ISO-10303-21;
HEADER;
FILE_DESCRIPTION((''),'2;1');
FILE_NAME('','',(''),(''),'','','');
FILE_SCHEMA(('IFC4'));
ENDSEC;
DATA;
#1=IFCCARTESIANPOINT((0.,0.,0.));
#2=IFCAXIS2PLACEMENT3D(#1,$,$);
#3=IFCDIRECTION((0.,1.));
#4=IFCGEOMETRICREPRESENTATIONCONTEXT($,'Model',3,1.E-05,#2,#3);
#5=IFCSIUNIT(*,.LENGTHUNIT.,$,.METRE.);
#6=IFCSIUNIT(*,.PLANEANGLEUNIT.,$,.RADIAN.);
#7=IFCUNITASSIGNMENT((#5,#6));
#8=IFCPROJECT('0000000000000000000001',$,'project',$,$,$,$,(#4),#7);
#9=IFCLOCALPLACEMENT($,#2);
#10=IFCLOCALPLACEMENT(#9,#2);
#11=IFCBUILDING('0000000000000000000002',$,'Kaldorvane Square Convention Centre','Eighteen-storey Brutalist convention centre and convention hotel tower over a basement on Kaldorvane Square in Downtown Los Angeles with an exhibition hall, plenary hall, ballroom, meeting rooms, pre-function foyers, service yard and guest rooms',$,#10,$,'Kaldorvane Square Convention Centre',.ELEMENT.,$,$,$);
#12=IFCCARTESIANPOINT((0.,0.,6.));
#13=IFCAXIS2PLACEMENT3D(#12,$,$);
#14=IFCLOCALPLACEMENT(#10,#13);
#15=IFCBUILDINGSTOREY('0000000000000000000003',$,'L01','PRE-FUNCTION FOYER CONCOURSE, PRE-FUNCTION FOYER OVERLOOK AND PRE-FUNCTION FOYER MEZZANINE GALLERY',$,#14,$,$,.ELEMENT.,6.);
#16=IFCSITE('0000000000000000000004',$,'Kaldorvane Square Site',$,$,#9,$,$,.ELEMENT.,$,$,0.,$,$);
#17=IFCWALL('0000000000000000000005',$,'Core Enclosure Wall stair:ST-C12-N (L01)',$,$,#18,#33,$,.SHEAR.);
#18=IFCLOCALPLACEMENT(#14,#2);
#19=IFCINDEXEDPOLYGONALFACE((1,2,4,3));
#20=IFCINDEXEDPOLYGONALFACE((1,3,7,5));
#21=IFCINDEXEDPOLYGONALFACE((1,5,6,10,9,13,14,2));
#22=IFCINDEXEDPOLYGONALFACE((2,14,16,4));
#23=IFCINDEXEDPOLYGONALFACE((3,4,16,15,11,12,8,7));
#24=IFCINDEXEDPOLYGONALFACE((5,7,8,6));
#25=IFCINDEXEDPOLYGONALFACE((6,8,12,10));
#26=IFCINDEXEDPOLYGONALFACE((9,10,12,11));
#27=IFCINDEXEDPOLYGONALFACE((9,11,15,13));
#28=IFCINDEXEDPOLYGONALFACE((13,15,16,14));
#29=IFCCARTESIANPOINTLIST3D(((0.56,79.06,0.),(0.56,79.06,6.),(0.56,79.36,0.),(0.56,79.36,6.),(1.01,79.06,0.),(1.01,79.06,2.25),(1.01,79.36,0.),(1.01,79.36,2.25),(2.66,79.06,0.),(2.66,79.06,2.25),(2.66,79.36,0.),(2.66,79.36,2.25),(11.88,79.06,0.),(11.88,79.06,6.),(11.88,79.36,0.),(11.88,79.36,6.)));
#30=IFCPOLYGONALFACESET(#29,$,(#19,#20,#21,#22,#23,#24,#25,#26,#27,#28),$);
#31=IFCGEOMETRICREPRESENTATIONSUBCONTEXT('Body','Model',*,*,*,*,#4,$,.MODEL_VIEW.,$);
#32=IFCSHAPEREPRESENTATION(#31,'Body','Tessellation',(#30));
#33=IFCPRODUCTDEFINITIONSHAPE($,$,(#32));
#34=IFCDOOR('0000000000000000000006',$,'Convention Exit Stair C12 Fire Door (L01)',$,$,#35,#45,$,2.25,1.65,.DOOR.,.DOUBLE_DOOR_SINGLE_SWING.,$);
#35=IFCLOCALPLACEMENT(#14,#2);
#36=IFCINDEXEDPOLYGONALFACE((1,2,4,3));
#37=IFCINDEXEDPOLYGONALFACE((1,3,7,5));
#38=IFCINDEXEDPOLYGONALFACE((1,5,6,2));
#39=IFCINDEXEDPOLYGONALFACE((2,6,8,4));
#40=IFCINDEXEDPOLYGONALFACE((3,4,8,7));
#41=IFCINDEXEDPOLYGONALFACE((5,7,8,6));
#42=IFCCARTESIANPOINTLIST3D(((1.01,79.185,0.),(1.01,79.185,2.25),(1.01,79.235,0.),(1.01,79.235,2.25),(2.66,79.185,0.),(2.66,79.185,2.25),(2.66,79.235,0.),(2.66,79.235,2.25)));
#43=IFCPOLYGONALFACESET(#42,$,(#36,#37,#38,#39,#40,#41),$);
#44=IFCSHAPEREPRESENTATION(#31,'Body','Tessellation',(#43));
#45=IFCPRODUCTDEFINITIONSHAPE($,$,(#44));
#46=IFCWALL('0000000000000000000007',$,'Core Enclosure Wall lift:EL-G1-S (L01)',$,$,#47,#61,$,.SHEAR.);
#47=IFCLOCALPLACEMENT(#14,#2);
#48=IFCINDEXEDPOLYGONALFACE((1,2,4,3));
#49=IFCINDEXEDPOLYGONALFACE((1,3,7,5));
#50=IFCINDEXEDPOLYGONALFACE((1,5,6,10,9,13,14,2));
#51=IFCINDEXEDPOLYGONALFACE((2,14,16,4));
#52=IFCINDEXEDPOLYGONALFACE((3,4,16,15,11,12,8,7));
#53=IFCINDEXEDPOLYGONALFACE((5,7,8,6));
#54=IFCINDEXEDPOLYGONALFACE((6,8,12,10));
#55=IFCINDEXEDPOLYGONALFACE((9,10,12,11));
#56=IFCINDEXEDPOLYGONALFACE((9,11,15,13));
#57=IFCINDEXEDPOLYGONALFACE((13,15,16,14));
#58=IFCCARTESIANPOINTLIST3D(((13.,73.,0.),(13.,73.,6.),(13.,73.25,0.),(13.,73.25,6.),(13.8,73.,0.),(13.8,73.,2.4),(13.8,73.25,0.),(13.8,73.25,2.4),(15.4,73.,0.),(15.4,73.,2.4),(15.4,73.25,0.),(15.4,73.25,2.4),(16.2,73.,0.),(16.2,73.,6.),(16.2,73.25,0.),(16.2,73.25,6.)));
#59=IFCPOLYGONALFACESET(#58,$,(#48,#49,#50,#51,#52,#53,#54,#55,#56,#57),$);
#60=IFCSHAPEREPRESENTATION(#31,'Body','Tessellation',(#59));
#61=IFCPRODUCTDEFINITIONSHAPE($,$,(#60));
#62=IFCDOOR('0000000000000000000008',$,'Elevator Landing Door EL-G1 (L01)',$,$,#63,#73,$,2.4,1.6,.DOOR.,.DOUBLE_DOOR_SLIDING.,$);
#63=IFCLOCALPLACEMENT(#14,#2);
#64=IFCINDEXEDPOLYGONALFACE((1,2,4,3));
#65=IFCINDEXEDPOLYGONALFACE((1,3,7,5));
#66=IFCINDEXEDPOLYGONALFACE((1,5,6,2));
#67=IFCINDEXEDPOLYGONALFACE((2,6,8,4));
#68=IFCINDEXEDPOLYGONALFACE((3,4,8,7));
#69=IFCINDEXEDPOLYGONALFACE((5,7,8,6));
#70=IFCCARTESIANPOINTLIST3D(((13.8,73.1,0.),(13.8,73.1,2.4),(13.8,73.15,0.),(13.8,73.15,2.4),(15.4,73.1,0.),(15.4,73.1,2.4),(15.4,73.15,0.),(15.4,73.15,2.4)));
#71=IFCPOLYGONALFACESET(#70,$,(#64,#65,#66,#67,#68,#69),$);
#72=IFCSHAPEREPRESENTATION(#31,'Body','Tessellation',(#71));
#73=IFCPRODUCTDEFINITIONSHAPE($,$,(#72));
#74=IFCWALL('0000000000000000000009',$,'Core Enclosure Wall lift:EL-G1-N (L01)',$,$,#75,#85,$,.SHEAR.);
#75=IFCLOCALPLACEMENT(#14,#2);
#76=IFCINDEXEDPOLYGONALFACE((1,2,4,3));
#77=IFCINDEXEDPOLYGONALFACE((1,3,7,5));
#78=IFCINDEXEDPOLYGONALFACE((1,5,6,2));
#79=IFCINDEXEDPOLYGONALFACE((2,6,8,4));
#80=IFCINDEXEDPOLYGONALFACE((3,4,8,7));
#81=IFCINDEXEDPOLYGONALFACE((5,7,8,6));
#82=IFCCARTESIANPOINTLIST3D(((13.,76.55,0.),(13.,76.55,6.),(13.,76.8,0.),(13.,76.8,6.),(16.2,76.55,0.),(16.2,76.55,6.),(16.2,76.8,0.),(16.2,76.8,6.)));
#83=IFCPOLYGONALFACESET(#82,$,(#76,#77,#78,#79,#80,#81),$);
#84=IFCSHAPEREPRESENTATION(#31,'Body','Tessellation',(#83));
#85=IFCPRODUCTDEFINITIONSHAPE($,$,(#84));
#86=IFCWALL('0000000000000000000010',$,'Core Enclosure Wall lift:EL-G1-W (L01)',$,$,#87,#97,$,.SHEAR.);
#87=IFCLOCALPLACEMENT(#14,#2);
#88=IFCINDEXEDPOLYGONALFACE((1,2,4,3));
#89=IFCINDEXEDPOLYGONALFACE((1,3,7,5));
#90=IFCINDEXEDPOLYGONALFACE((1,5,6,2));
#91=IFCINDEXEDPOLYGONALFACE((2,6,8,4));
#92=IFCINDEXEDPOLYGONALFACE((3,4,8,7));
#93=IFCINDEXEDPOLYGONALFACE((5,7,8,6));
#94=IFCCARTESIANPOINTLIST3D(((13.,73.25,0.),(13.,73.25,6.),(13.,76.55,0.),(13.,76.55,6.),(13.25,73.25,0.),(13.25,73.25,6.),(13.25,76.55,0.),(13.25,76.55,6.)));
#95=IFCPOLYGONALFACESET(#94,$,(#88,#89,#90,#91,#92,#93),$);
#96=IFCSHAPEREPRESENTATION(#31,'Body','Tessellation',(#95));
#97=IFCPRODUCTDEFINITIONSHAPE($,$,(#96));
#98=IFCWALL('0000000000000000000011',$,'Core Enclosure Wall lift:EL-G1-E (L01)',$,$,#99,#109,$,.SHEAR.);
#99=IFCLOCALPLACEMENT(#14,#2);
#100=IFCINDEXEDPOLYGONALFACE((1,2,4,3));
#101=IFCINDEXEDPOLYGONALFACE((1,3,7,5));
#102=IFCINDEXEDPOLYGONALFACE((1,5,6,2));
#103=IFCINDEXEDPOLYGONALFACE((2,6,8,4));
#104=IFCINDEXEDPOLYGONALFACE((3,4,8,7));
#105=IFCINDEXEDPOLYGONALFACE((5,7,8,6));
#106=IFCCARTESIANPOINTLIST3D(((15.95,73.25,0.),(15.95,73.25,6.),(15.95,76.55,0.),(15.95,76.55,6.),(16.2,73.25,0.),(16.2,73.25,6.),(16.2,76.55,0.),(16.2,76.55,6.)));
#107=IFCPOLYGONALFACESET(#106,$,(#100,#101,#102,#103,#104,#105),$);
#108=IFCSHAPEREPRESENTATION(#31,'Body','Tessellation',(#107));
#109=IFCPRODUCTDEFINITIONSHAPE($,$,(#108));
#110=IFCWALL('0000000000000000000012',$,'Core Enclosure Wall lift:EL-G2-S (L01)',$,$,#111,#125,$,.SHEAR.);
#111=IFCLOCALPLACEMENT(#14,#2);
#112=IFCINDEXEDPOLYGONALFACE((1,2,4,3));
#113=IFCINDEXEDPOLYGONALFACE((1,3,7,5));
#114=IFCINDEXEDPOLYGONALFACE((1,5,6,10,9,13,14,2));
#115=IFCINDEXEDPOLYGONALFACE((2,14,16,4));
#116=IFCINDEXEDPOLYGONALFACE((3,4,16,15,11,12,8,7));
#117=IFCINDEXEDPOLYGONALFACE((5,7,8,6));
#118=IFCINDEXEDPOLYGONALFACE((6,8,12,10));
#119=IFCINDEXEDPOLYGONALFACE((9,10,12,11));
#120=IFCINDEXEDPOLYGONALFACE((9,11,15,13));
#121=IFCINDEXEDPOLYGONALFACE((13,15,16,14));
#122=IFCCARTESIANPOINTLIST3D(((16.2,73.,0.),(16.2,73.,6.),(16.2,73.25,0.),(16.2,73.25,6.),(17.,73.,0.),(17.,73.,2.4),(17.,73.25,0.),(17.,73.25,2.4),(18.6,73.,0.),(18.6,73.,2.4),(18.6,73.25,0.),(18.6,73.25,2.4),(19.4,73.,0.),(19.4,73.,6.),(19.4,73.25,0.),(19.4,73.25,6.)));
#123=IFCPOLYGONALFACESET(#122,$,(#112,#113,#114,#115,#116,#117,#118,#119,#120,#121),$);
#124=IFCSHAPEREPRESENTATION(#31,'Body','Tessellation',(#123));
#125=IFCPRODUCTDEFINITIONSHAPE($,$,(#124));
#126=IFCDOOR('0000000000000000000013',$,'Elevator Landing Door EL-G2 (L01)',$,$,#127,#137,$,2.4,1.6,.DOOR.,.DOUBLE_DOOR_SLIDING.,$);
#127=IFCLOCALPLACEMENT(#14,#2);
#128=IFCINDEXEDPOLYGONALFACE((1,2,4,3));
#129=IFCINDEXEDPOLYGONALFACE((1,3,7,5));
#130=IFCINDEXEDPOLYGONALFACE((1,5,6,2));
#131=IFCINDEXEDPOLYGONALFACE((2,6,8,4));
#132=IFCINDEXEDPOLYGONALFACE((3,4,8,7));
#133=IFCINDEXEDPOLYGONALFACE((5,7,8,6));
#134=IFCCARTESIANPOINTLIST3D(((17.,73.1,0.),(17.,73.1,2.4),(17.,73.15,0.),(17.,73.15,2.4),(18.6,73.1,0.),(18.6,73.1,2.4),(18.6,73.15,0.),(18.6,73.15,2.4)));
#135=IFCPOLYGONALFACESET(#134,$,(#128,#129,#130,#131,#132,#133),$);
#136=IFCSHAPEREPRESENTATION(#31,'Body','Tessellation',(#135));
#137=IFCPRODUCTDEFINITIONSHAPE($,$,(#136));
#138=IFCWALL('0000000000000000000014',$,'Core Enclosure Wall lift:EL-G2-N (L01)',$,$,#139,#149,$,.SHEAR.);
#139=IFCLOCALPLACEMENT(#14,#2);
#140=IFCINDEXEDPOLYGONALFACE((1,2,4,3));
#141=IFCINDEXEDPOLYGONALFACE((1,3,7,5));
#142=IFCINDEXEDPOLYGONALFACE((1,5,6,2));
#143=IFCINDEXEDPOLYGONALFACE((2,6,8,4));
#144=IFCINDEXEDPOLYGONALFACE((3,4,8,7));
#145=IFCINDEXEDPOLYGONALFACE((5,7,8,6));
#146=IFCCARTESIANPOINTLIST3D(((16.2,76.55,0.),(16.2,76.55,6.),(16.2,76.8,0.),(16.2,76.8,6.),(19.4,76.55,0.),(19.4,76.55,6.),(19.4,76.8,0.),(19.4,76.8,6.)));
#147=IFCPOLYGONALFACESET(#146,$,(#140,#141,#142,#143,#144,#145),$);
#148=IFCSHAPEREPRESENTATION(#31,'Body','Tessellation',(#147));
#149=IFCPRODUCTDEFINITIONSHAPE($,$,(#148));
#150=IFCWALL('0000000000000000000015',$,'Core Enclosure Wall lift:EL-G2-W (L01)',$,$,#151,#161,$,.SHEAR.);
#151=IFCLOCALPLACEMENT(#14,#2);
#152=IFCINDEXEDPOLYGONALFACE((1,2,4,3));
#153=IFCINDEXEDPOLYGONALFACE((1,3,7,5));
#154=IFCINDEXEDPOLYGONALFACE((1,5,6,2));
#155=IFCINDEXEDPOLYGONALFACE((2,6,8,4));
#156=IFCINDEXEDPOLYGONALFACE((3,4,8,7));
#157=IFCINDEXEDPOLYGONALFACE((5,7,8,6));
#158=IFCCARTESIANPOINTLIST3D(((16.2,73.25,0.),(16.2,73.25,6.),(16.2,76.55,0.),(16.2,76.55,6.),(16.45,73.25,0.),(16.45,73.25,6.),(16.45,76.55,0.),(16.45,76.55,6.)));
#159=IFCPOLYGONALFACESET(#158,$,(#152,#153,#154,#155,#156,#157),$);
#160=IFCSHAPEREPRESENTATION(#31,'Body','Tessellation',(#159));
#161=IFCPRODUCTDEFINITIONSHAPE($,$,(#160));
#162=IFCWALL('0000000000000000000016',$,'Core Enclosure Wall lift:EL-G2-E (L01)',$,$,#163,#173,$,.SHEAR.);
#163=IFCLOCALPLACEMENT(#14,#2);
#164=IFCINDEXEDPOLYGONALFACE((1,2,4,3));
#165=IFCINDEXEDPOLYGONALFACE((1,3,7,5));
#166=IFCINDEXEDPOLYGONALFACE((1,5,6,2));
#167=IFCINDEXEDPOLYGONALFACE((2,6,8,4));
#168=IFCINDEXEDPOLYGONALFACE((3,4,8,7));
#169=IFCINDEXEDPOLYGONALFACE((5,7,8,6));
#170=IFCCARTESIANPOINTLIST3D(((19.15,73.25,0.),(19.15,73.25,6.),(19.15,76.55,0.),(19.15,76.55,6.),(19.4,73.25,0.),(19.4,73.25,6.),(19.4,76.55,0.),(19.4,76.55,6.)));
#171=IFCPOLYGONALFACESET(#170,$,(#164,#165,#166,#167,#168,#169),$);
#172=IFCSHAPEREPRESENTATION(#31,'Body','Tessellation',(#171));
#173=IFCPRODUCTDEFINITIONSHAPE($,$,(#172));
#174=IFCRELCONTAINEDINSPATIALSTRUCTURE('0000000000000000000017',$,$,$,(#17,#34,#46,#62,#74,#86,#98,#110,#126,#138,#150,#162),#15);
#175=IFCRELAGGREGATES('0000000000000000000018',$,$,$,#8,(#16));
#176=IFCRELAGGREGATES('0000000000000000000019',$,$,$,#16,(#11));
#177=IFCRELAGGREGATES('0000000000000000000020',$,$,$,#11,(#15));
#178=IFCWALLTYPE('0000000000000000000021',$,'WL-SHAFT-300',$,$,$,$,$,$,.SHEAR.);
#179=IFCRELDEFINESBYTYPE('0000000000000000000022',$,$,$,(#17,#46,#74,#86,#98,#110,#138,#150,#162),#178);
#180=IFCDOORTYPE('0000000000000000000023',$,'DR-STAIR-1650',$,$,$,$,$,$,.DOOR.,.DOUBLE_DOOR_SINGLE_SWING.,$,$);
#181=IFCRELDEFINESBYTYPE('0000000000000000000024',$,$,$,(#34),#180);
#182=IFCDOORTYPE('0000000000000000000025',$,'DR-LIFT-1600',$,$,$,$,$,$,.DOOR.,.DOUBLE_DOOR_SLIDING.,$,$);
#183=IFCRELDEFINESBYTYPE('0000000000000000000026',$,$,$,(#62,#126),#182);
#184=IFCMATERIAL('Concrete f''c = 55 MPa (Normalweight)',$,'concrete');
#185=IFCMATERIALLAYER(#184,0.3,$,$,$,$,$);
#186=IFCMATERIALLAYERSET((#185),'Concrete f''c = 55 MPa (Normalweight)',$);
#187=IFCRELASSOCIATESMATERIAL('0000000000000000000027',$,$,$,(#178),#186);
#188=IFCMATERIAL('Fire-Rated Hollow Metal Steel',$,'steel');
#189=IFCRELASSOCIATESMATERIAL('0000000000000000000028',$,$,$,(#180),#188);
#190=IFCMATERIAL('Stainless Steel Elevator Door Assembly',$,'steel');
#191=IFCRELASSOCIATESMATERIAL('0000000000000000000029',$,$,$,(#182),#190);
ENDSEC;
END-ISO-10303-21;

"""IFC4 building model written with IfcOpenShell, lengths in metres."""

from ifc_helpers import new_model, si_unit, direction, frame, frame_2d, origin, place, context, subcontext, project, spatial, rectangle, extrude, material, layer, layer_set, type_object, element, fill, save


model = new_model("IFC4")

# Units and contexts
model_context = context("Model", 3, precision=1e-05, world=origin(), true_north=direction((0.0, 1.0)))
body_context = subcontext(model_context, "Body", "Model", "MODEL_VIEW")
ifc_project = project(units=[si_unit("LENGTHUNIT", "METRE"), si_unit("PLANEANGLEUNIT", "RADIAN")], contexts=[model_context])

# Site, building, storey
site_placement = place(None, origin())
site = spatial("IfcSite", under=ifc_project, at=site_placement, Name="Kaldorvane Square Site", CompositionType="ELEMENT", RefElevation=0.0)
building_placement = place(site_placement, origin())
building = spatial("IfcBuilding", under=site, at=building_placement, Name="Kaldorvane Square Convention Centre", Description="Eighteen-storey Brutalist convention centre and convention hotel tower over a basement on Kaldorvane Square in Downtown Los Angeles with an exhibition hall, plenary hall, ballroom, meeting rooms, pre-function foyers, service yard and guest rooms", LongName="Kaldorvane Square Convention Centre", CompositionType="ELEMENT")
storey_placement = place(building_placement, frame((0.0, 0.0, 6.0)))
storey = spatial("IfcBuildingStorey", under=building, at=storey_placement, Name="L01", Description="PRE-FUNCTION FOYER CONCOURSE, PRE-FUNCTION FOYER OVERLOOK AND PRE-FUNCTION FOYER MEZZANINE GALLERY", CompositionType="ELEMENT", Elevation=6.0)

# Shared definitions
ifc_material_1 = material(Name="Concrete f'c = 55 MPa (Normalweight)", Category="concrete")

# Walls, openings, doors
ifc_layer_1 = layer(ifc_material_1, 0.3)
ifc_layer_set_1 = layer_set([ifc_layer_1], Name="Concrete f'c = 55 MPa (Normalweight)")
wall_type_1 = type_object("IfcWallType", Name="WL-SHAFT-300", PredefinedType="SHEAR", material=ifc_layer_set_1)
wall_1_placement = place(storey_placement, frame((11.88, 79.21, 0.0), z_axis=(0.0, 0.0, 1.0), x_axis=(-1.0, 0.0, 0.0)))
wall_1 = element("IfcWall", 1, at=wall_1_placement, inside=storey, type_object=wall_type_1, Name="Core Enclosure Wall stair:ST-C12-N (L01)", PredefinedType="SHEAR", context=body_context, shape_type="SweptSolid", body=[
    extrude(rectangle(XDim=11.32, YDim=0.3, at=frame_2d((5.66, 0.0))), origin(), (0.0, 0.0, 1.0), 6.0),
])
opening_1_placement = place(wall_1_placement, frame((9.22, 0.0, 0.0)))
opening_1 = element("IfcOpeningElement", 2, at=opening_1_placement, cuts=wall_1, PredefinedType="OPENING", context=body_context, shape_type="SweptSolid", body=[
    extrude(rectangle(XDim=1.65, YDim=2.25, at=frame_2d((0.825, 1.125))), frame((0.0, 0.165, 0.0), z_axis=(0.0, -1.0, 0.0), x_axis=(1.0, 0.0, 0.0)), (0.0, 0.0, 1.0), 0.33),
])
ifc_material_2 = material(Name="Fire-Rated Hollow Metal Steel", Category="steel")
door_type_1 = type_object("IfcDoorType", Name="DR-STAIR-1650", OperationType="DOUBLE_DOOR_SINGLE_SWING", PredefinedType="DOOR", material=ifc_material_2)
door_1_placement = place(opening_1_placement, origin())
door_1 = element("IfcDoor", 3, at=door_1_placement, inside=storey, type_object=door_type_1, Name="Convention Exit Stair C12 Fire Door (L01)", OperationType="DOUBLE_DOOR_SINGLE_SWING", OverallHeight=2.25, OverallWidth=1.65, PredefinedType="DOOR", context=body_context, shape_type="SweptSolid", body=[
    extrude(rectangle(XDim=1.65, YDim=2.25, at=frame_2d((0.825, 1.125))), frame((0.0, 0.025, 0.0), z_axis=(0.0, -1.0, 0.0), x_axis=(1.0, 0.0, 0.0)), (0.0, 0.0, 1.0), 0.05),
])
fill(opening_1, door_1)
wall_2_placement = place(storey_placement, frame((13.0, 73.125, 0.0), z_axis=(0.0, 0.0, 1.0), x_axis=(1.0, 0.0, 0.0)))
wall_2 = element("IfcWall", 4, at=wall_2_placement, inside=storey, type_object=wall_type_1, Name="Core Enclosure Wall lift:EL-G1-S (L01)", PredefinedType="SHEAR", context=body_context, shape_type="SweptSolid", body=[
    extrude(rectangle(XDim=3.2, YDim=0.25, at=frame_2d((1.6, 0.0))), origin(), (0.0, 0.0, 1.0), 6.0),
])
opening_2_placement = place(wall_2_placement, frame((0.8, 0.0, 0.0)))
opening_2 = element("IfcOpeningElement", 5, at=opening_2_placement, cuts=wall_2, PredefinedType="OPENING", context=body_context, shape_type="SweptSolid", body=[
    extrude(rectangle(XDim=1.6, YDim=2.4, at=frame_2d((0.8, 1.2))), frame((0.0, 0.14, 0.0), z_axis=(0.0, -1.0, 0.0), x_axis=(1.0, 0.0, 0.0)), (0.0, 0.0, 1.0), 0.28),
])
ifc_material_3 = material(Name="Stainless Steel Elevator Door Assembly", Category="steel")
door_type_2 = type_object("IfcDoorType", Name="DR-LIFT-1600", OperationType="DOUBLE_DOOR_SLIDING", PredefinedType="DOOR", material=ifc_material_3)
door_2_placement = place(opening_2_placement, origin())
door_2 = element("IfcDoor", 6, at=door_2_placement, inside=storey, type_object=door_type_2, Name="Elevator Landing Door EL-G1 (L01)", OperationType="DOUBLE_DOOR_SLIDING", OverallHeight=2.4, OverallWidth=1.6, PredefinedType="DOOR", context=body_context, shape_type="SweptSolid", body=[
    extrude(rectangle(XDim=1.6, YDim=2.4, at=frame_2d((0.8, 1.2))), frame((0.0, 0.025, 0.0), z_axis=(0.0, -1.0, 0.0), x_axis=(1.0, 0.0, 0.0)), (0.0, 0.0, 1.0), 0.05),
])
fill(opening_2, door_2)

# Walls
wall_3_placement = place(storey_placement, frame((16.2, 76.675, 0.0), z_axis=(0.0, 0.0, 1.0), x_axis=(-1.0, 0.0, 0.0)))
element("IfcWall", 7, at=wall_3_placement, inside=storey, type_object=wall_type_1, Name="Core Enclosure Wall lift:EL-G1-N (L01)", PredefinedType="SHEAR", context=body_context, shape_type="SweptSolid", body=[
    extrude(rectangle(XDim=3.2, YDim=0.25, at=frame_2d((1.6, 0.0))), origin(), (0.0, 0.0, 1.0), 6.0),
])
for number, where, z_axis, x_axis, name in (
    (8, (13.125, 76.55, 0.0), (0.0, 0.0, 1.0), (0.0, -1.0, 0.0), "Core Enclosure Wall lift:EL-G1-W (L01)"),
    (9, (16.075, 73.25, 0.0), (0.0, 0.0, 1.0), (0.0, 1.0, 0.0), "Core Enclosure Wall lift:EL-G1-E (L01)"),
):
    element("IfcWall", number, at=place(storey_placement, frame(where, z_axis=z_axis, x_axis=x_axis)), inside=storey, type_object=wall_type_1, Name=name, PredefinedType="SHEAR", context=body_context, shape_type="SweptSolid", body=[
        extrude(rectangle(XDim=3.3, YDim=0.25, at=frame_2d((1.65, 0.0))), origin(), (0.0, 0.0, 1.0), 6.0),
    ])

# Wall, opening, door
wall_4_placement = place(storey_placement, frame((16.2, 73.125, 0.0), z_axis=(0.0, 0.0, 1.0), x_axis=(1.0, 0.0, 0.0)))
wall_4 = element("IfcWall", 10, at=wall_4_placement, inside=storey, type_object=wall_type_1, Name="Core Enclosure Wall lift:EL-G2-S (L01)", PredefinedType="SHEAR", context=body_context, shape_type="SweptSolid", body=[
    extrude(rectangle(XDim=3.2, YDim=0.25, at=frame_2d((1.6, 0.0))), origin(), (0.0, 0.0, 1.0), 6.0),
])
opening_3_placement = place(wall_4_placement, frame((0.8, 0.0, 0.0)))
opening_3 = element("IfcOpeningElement", 11, at=opening_3_placement, cuts=wall_4, PredefinedType="OPENING", context=body_context, shape_type="SweptSolid", body=[
    extrude(rectangle(XDim=1.6, YDim=2.4, at=frame_2d((0.8, 1.2))), frame((0.0, 0.14, 0.0), z_axis=(0.0, -1.0, 0.0), x_axis=(1.0, 0.0, 0.0)), (0.0, 0.0, 1.0), 0.28),
])
door_3_placement = place(opening_3_placement, origin())
door_3 = element("IfcDoor", 12, at=door_3_placement, inside=storey, type_object=door_type_2, Name="Elevator Landing Door EL-G2 (L01)", OperationType="DOUBLE_DOOR_SLIDING", OverallHeight=2.4, OverallWidth=1.6, PredefinedType="DOOR", context=body_context, shape_type="SweptSolid", body=[
    extrude(rectangle(XDim=1.6, YDim=2.4, at=frame_2d((0.8, 1.2))), frame((0.0, 0.025, 0.0), z_axis=(0.0, -1.0, 0.0), x_axis=(1.0, 0.0, 0.0)), (0.0, 0.0, 1.0), 0.05),
])
fill(opening_3, door_3)

# Walls
wall_5_placement = place(storey_placement, frame((19.4, 76.675, 0.0), z_axis=(0.0, 0.0, 1.0), x_axis=(-1.0, 0.0, 0.0)))
element("IfcWall", 13, at=wall_5_placement, inside=storey, type_object=wall_type_1, Name="Core Enclosure Wall lift:EL-G2-N (L01)", PredefinedType="SHEAR", context=body_context, shape_type="SweptSolid", body=[
    extrude(rectangle(XDim=3.2, YDim=0.25, at=frame_2d((1.6, 0.0))), origin(), (0.0, 0.0, 1.0), 6.0),
])
for number, where, z_axis, x_axis, name in (
    (14, (16.325, 76.55, 0.0), (0.0, 0.0, 1.0), (0.0, -1.0, 0.0), "Core Enclosure Wall lift:EL-G2-W (L01)"),
    (15, (19.275, 73.25, 0.0), (0.0, 0.0, 1.0), (0.0, 1.0, 0.0), "Core Enclosure Wall lift:EL-G2-E (L01)"),
):
    element("IfcWall", number, at=place(storey_placement, frame(where, z_axis=z_axis, x_axis=x_axis)), inside=storey, type_object=wall_type_1, Name=name, PredefinedType="SHEAR", context=body_context, shape_type="SweptSolid", body=[
        extrude(rectangle(XDim=3.3, YDim=0.25, at=frame_2d((1.65, 0.0))), origin(), (0.0, 0.0, 1.0), 6.0),
    ])

save(model, "model.ifc")
